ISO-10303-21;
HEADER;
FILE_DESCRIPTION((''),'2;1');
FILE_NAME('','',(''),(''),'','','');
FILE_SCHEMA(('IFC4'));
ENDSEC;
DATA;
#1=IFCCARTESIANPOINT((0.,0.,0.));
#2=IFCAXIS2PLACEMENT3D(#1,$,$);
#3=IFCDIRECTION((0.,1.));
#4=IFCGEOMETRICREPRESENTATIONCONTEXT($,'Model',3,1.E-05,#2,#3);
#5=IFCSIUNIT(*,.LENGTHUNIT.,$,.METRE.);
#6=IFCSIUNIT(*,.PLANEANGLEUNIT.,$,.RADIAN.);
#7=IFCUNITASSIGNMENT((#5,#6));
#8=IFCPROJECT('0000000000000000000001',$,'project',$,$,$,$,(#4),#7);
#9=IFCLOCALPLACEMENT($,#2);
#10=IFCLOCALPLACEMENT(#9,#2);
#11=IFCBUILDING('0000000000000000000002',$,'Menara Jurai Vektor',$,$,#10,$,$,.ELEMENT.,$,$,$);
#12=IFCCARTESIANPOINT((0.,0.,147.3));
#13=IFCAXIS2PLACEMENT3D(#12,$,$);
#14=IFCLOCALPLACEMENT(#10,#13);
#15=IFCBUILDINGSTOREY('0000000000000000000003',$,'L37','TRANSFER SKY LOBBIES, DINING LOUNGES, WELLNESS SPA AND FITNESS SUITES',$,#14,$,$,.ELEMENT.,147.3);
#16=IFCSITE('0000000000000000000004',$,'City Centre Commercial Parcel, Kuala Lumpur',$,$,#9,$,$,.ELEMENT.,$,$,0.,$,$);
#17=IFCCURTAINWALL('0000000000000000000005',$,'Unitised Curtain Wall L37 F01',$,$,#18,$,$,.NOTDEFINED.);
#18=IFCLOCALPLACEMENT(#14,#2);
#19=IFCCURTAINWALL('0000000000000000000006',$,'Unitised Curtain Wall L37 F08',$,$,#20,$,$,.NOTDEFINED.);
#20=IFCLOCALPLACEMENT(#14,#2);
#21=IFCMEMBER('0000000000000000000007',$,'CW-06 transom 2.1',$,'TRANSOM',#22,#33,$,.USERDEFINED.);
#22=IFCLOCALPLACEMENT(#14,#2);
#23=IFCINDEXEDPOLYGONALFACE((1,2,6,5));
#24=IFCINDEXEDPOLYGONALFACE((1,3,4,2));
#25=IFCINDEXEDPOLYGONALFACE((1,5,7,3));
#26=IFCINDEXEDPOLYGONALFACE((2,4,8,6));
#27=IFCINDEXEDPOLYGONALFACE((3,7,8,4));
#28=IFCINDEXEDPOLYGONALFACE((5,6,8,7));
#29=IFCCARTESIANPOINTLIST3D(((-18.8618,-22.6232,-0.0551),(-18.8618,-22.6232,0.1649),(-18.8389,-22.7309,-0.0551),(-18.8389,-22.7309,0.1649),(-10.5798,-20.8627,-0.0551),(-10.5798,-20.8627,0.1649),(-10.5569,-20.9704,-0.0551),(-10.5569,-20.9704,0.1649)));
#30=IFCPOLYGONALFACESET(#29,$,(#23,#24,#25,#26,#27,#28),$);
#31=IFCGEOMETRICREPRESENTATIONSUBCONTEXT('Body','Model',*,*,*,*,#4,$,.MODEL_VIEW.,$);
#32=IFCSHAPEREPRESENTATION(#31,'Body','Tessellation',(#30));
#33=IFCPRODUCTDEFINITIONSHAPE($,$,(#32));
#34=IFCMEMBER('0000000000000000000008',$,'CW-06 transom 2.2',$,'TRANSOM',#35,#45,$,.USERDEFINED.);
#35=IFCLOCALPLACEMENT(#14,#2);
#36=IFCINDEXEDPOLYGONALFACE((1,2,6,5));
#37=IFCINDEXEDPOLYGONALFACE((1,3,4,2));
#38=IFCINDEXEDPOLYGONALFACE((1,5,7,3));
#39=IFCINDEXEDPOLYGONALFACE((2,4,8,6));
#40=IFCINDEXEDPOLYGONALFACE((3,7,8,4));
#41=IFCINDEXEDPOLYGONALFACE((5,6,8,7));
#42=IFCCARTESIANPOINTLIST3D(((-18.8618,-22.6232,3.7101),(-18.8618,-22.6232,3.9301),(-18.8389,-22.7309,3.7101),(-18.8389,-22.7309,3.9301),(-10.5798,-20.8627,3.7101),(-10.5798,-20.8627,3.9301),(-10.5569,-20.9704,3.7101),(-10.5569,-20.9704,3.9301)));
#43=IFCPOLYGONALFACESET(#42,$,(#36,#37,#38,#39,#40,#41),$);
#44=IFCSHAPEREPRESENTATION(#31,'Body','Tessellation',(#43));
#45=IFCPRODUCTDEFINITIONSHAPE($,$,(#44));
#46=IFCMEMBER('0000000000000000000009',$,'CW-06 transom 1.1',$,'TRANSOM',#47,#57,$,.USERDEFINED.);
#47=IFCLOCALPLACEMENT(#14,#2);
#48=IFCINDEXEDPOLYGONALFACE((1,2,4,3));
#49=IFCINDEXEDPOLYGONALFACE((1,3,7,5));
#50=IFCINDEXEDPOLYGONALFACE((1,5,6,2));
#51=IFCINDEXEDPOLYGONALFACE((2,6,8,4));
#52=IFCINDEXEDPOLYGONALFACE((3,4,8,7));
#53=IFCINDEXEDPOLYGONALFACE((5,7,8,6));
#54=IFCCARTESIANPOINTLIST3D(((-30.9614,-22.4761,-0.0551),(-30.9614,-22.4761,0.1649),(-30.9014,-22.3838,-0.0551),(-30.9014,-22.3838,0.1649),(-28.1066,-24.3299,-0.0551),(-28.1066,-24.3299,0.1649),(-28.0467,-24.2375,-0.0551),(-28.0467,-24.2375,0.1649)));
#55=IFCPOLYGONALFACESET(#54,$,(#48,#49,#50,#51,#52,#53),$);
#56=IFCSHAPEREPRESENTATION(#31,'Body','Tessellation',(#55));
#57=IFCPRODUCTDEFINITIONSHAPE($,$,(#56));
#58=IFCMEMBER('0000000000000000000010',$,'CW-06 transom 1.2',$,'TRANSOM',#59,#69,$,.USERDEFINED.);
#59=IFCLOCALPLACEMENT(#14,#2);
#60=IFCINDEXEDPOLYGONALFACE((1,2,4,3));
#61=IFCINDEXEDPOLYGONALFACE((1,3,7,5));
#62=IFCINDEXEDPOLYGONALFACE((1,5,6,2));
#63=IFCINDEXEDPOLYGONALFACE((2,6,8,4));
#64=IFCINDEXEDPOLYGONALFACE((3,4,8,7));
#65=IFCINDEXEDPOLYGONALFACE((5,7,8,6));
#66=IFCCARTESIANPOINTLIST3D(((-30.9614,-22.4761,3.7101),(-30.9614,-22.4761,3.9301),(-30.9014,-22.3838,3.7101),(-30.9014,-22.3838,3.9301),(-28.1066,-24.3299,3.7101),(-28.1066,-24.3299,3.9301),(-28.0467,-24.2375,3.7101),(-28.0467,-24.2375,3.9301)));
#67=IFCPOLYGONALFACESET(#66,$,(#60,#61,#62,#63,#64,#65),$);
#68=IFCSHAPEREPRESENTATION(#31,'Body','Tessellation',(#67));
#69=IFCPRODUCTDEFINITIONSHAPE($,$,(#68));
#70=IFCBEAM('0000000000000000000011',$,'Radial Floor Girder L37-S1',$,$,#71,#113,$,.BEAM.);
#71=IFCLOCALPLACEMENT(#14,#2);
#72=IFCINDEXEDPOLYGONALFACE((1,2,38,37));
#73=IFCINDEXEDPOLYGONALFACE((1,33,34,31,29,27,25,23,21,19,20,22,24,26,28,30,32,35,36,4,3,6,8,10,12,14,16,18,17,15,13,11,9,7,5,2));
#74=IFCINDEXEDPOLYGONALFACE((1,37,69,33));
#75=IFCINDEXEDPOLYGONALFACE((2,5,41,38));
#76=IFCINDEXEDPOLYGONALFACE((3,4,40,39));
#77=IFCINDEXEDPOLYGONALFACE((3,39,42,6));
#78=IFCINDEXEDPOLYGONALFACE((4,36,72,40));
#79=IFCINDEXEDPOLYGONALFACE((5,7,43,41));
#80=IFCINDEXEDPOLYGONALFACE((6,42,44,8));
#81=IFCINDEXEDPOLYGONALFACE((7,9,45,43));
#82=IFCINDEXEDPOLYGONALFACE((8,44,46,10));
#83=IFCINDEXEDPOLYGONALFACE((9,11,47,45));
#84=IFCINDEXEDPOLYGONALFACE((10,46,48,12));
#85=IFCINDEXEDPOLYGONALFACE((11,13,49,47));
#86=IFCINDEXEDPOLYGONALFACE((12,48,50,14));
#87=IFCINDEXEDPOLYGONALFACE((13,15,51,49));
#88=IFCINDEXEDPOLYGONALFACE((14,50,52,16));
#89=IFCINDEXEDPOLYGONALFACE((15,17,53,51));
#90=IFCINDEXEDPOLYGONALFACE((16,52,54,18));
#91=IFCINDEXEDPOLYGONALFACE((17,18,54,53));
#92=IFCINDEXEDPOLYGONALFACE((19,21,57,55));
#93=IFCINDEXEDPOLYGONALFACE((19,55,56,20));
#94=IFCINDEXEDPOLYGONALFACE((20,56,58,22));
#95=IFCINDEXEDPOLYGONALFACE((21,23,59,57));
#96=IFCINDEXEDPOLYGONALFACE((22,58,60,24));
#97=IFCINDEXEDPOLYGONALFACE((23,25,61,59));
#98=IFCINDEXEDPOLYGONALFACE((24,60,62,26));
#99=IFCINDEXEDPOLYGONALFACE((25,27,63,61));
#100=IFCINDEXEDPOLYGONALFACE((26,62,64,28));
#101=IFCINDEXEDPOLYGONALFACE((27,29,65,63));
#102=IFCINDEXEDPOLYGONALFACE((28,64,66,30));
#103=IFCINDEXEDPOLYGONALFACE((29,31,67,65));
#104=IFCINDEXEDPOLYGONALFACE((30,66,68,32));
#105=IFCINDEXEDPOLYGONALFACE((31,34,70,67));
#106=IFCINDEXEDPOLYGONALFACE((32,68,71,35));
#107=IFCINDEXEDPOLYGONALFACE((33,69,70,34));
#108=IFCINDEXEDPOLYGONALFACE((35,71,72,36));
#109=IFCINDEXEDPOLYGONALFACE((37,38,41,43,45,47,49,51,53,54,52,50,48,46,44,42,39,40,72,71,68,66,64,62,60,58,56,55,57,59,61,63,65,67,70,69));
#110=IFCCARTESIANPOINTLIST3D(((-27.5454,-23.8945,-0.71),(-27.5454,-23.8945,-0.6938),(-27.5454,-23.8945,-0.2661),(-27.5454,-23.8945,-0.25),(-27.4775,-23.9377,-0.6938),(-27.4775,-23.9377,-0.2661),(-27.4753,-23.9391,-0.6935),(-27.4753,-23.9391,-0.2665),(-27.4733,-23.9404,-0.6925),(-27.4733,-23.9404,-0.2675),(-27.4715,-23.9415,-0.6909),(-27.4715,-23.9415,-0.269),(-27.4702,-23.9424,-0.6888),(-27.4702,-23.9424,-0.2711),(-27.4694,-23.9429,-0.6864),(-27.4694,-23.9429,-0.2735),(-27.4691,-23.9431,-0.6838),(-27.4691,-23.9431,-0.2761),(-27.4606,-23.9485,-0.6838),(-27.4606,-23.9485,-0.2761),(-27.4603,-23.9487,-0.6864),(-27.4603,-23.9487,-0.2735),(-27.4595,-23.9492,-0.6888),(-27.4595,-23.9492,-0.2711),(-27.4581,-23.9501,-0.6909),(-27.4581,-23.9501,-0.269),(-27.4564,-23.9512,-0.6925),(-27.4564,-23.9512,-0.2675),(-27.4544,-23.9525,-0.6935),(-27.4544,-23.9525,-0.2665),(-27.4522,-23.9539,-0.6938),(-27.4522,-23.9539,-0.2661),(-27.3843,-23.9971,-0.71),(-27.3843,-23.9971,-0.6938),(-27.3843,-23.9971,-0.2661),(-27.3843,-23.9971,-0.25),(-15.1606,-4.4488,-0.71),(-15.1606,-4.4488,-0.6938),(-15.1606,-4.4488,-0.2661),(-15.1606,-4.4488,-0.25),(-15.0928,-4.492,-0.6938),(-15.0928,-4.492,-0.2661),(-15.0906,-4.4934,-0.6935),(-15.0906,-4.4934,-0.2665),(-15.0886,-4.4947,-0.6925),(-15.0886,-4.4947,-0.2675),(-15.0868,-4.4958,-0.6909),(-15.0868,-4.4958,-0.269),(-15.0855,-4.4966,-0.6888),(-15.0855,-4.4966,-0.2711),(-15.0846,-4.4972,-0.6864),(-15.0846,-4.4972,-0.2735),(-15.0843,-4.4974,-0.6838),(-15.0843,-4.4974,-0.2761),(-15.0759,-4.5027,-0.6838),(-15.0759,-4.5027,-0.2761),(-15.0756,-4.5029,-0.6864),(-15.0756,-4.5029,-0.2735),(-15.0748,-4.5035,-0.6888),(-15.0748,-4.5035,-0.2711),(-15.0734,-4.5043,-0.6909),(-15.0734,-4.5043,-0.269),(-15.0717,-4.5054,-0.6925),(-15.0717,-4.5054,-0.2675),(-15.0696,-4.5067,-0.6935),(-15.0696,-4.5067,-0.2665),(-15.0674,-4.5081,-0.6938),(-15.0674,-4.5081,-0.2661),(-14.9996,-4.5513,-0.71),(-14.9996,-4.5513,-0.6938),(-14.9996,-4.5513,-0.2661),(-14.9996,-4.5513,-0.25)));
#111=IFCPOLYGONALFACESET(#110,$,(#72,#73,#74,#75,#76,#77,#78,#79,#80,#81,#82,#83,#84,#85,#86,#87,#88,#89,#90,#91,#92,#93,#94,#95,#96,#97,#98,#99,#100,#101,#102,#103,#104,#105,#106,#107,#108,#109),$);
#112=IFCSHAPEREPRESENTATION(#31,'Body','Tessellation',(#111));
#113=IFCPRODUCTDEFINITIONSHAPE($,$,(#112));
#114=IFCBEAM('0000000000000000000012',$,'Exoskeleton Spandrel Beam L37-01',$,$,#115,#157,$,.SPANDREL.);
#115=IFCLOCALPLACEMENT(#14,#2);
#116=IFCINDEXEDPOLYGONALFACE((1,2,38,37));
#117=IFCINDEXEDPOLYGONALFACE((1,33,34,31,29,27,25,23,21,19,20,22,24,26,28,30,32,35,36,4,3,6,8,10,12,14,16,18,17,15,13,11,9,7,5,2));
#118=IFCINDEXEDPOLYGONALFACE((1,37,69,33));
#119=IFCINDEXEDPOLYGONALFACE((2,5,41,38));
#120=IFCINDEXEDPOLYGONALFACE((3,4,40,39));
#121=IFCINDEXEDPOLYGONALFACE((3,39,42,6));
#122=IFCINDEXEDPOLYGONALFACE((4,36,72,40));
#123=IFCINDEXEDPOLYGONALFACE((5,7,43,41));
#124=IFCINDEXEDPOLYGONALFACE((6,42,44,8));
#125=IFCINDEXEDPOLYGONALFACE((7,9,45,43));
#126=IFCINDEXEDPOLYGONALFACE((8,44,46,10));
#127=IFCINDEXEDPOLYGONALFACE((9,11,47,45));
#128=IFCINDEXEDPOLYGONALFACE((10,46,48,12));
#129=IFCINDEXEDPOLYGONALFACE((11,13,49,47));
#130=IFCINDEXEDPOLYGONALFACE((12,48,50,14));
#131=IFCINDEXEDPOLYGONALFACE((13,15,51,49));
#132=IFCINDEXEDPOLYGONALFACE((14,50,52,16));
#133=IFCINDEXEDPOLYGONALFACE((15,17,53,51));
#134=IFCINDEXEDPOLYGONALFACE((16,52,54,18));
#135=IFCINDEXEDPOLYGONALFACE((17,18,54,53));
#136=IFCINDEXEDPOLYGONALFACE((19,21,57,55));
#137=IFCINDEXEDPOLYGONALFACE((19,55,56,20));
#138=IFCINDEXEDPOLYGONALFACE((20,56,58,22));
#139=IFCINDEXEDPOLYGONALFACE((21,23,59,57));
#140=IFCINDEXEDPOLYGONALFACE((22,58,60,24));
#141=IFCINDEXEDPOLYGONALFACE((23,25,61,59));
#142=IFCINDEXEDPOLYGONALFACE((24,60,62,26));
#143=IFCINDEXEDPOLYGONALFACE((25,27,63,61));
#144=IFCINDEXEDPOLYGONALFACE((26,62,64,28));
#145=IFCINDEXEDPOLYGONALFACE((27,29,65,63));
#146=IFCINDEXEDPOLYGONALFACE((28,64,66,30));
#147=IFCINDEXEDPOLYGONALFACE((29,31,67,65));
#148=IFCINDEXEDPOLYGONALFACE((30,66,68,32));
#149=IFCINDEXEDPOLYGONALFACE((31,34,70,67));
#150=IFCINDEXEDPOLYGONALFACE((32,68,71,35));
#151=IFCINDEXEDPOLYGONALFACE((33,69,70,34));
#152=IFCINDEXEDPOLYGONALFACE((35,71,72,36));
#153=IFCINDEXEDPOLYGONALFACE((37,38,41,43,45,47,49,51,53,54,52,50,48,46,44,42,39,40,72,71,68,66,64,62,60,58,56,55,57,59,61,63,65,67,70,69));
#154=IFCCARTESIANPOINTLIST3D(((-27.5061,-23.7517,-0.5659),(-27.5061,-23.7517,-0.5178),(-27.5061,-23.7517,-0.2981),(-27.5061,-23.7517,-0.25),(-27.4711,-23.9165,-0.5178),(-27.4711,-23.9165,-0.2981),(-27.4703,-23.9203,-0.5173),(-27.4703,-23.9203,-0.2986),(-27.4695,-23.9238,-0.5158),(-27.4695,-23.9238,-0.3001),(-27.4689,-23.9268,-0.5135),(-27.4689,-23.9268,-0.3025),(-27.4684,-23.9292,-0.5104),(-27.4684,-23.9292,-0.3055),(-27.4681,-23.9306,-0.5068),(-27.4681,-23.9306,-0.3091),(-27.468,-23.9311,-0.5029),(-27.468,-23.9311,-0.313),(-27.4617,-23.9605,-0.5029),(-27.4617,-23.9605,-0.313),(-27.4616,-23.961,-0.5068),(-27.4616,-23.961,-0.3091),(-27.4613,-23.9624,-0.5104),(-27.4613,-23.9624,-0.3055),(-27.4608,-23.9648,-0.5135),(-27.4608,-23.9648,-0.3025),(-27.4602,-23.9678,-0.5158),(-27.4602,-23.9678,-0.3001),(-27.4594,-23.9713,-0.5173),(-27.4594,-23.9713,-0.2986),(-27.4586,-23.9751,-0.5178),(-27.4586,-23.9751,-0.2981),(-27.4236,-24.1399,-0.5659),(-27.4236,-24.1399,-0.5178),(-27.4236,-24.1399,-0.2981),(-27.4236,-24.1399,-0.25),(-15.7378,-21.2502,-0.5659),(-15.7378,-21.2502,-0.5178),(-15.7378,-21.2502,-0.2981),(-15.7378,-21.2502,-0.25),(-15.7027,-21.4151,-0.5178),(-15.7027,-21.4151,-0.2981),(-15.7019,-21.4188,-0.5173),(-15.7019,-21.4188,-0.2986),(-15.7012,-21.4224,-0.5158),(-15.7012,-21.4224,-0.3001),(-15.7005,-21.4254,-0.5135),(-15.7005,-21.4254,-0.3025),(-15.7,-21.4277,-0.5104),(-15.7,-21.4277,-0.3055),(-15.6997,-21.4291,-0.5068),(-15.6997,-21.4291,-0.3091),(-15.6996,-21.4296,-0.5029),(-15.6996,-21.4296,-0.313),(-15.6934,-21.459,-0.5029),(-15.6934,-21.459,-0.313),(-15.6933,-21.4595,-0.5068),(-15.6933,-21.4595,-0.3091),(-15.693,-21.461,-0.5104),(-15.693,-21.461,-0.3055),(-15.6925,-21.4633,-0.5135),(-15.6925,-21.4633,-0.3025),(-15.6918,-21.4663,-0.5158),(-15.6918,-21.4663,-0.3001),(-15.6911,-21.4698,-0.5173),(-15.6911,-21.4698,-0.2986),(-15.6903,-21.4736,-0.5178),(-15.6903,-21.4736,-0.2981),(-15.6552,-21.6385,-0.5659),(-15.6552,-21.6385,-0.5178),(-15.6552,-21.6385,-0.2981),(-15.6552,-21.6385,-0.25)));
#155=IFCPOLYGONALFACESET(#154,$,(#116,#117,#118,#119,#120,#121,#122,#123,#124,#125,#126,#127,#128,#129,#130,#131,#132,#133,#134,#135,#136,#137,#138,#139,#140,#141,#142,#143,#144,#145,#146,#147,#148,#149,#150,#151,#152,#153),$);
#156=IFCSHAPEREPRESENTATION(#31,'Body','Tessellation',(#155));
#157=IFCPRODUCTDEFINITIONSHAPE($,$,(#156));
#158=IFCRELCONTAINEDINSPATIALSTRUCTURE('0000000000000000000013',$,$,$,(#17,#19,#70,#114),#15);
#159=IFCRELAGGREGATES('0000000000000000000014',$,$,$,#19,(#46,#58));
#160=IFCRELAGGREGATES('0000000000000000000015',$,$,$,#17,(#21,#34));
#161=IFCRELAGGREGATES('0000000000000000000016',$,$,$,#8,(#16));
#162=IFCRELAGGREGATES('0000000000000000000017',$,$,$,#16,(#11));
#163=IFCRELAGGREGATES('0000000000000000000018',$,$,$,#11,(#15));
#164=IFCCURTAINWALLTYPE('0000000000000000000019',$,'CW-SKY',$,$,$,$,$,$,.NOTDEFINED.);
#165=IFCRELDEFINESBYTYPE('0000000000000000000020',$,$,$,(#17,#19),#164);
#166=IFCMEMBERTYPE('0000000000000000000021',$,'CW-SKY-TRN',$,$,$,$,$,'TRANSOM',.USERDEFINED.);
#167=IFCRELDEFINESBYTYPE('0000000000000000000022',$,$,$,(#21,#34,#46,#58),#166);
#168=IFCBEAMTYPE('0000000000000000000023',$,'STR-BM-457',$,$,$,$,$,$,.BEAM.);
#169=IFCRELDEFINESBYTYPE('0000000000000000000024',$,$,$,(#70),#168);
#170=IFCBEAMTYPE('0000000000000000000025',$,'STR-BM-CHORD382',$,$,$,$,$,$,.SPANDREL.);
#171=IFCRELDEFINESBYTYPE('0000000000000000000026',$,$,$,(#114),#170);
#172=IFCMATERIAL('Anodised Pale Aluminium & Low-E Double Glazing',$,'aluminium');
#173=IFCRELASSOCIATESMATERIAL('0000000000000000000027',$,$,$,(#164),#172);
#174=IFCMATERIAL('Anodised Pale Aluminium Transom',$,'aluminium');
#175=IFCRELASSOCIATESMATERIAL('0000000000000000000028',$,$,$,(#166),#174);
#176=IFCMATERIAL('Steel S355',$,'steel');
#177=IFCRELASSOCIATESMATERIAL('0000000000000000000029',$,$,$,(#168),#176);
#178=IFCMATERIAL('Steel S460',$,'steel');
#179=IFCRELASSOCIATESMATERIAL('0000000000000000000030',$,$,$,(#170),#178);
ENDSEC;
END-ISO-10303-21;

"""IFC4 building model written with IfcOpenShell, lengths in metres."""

from ifc_helpers import new_model, si_unit, direction, frame, origin, origin_2d, place, context, subcontext, project, spatial, rectangle, i_section, extrude, material, material_profile, profile_set, type_object, element, aggregate, save


model = new_model("IFC4")

# Units and contexts
model_context = context("Model", 3, precision=1e-05, world=origin(), true_north=direction((0.0, 1.0)))
body_context = subcontext(model_context, "Body", "Model", "MODEL_VIEW")
ifc_project = project(units=[si_unit("LENGTHUNIT", "METRE"), si_unit("PLANEANGLEUNIT", "RADIAN")], contexts=[model_context])

# Site, building, storey
site_placement = place(None, origin())
site = spatial("IfcSite", under=ifc_project, at=site_placement, Name="City Centre Commercial Parcel, Kuala Lumpur", CompositionType="ELEMENT", RefElevation=0.0)
building_placement = place(site_placement, origin())
building = spatial("IfcBuilding", under=site, at=building_placement, Name="Menara Jurai Vektor", CompositionType="ELEMENT")
storey_placement = place(building_placement, frame((0.0, 0.0, 147.3)))
storey = spatial("IfcBuildingStorey", under=building, at=storey_placement, Name="L37", Description="TRANSFER SKY LOBBIES, DINING LOUNGES, WELLNESS SPA AND FITNESS SUITES", CompositionType="ELEMENT", Elevation=147.3)

# Shared definitions
ifc_material_1 = material(Name="Steel S460", Category="steel")

# Curtain wall
ifc_material_2 = material(Name="Anodised Pale Aluminium & Low-E Double Glazing", Category="aluminium")
curtain_wall_type = type_object("IfcCurtainWallType", Name="CW-SKY", PredefinedType="NOTDEFINED", material=ifc_material_2)
curtain_wall_1_placement = place(storey_placement, origin())
curtain_wall_1 = element("IfcCurtainWall", 1, at=curtain_wall_1_placement, inside=storey, type_object=curtain_wall_type, Name="Unitised Curtain Wall L37 F01", PredefinedType="NOTDEFINED")

# Curtain wall
curtain_wall_2_placement = place(storey_placement, origin())
curtain_wall_2 = element("IfcCurtainWall", 2, at=curtain_wall_2_placement, inside=storey, type_object=curtain_wall_type, Name="Unitised Curtain Wall L37 F08", PredefinedType="NOTDEFINED")

# Members
ifc_material_3 = material(Name="Anodised Pale Aluminium Transom", Category="aluminium")
ifc_material_profile_1 = material_profile(ifc_material_3, rectangle(XDim=0.1101, YDim=0.22, at=origin_2d()), Name="ALU TRN 110x220")
ifc_profile_set_1 = profile_set([ifc_material_profile_1], Name="Anodised Pale Aluminium Transom")
member_type_1 = type_object("IfcMemberType", Name="CW-SKY-TRN", ElementType="TRANSOM", PredefinedType="USERDEFINED", material=ifc_profile_set_1)
member_1_placement = place(storey_placement, frame((-18.8503, -22.677, 0.0549), z_axis=(0.978145, 0.207924, 0.0), x_axis=(-0.207924, 0.978145, 0.0)))
member_1 = element("IfcMember", 3, at=member_1_placement, type_object=member_type_1, Name="CW-06 transom 2.1", ObjectType="TRANSOM", PredefinedType="USERDEFINED", context=body_context, shape_type="SweptSolid", body=[
    extrude(rectangle(XDim=0.1101, YDim=0.22, at=origin_2d()), origin(), (0.0, 0.0, 1.0), 8.467),
])
member_2_placement = place(storey_placement, frame((-18.8503, -22.677, 3.8201), z_axis=(0.978145, 0.207924, 0.0), x_axis=(-0.207924, 0.978145, 0.0)))
member_2 = element("IfcMember", 4, at=member_2_placement, type_object=member_type_1, Name="CW-06 transom 2.2", ObjectType="TRANSOM", PredefinedType="USERDEFINED", context=body_context, shape_type="SweptSolid", body=[
    extrude(rectangle(XDim=0.1101, YDim=0.22, at=origin_2d()), origin(), (0.0, 0.0, 1.0), 8.467),
])
member_3_placement = place(storey_placement, frame((-30.9314, -22.4299, 0.0549), z_axis=(0.838688, -0.544613, 0.0), x_axis=(0.544613, 0.838688, 0.0)))
member_3 = element("IfcMember", 5, at=member_3_placement, type_object=member_type_1, Name="CW-06 transom 1.1", ObjectType="TRANSOM", PredefinedType="USERDEFINED", context=body_context, shape_type="SweptSolid", body=[
    extrude(rectangle(XDim=0.1101, YDim=0.22, at=origin_2d()), origin(), (0.0, 0.0, 1.0), 3.4038),
])
member_4_placement = place(storey_placement, frame((-30.9314, -22.4299, 3.8201), z_axis=(0.838688, -0.544613, 0.0), x_axis=(0.544613, 0.838688, 0.0)))
member_4 = element("IfcMember", 6, at=member_4_placement, type_object=member_type_1, Name="CW-06 transom 1.2", ObjectType="TRANSOM", PredefinedType="USERDEFINED", context=body_context, shape_type="SweptSolid", body=[
    extrude(rectangle(XDim=0.1101, YDim=0.22, at=origin_2d()), origin(), (0.0, 0.0, 1.0), 3.4038),
])

# Beams
ifc_material_4 = material(Name="Steel S355", Category="steel")
ifc_material_profile_2 = material_profile(ifc_material_4, i_section(OverallWidth=0.1909, OverallDepth=0.46, WebThickness=0.01, FlangeThickness=0.0161, FilletRadius=0.01, at=origin_2d()), Name="UKB 457x191x82")
ifc_profile_set_2 = profile_set([ifc_material_profile_2], Name="Steel S355")
beam_type_1 = type_object("IfcBeamType", Name="STR-BM-457", PredefinedType="BEAM", material=ifc_profile_set_2)
beam_1_placement = place(storey_placement, frame((-27.4648, -23.9458, -0.48), z_axis=(0.537189, 0.843462, 0.0), x_axis=(-0.843462, 0.537189, 0.0)))
element("IfcBeam", 7, at=beam_1_placement, inside=storey, type_object=beam_type_1, Name="Radial Floor Girder L37-S1", PredefinedType="BEAM", context=body_context, shape_type="SweptSolid", body=[
    extrude(i_section(OverallWidth=0.1909, OverallDepth=0.46, WebThickness=0.01, FlangeThickness=0.0161, FilletRadius=0.01, at=origin_2d()), origin(), (0.0, 0.0, 1.0), 23.0547),
])
ifc_material_profile_3 = material_profile(ifc_material_1, i_section(OverallWidth=0.397, OverallDepth=0.3159, WebThickness=0.03, FlangeThickness=0.0481, FilletRadius=0.0149, at=origin_2d()), Name="HD 400x382")
ifc_profile_set_3 = profile_set([ifc_material_profile_3], Name="Steel S460")
beam_type_2 = type_object("IfcBeamType", Name="STR-BM-CHORD382", PredefinedType="SPANDREL", material=ifc_profile_set_3)
beam_2_placement = place(storey_placement, frame((-27.4648, -23.9458, -0.408), z_axis=(0.978147, 0.207914, 0.0), x_axis=(-0.207914, 0.978147, 0.0)))
element("IfcBeam", 8, at=beam_2_placement, inside=storey, type_object=beam_type_2, Name="Exoskeleton Spandrel Beam L37-01", PredefinedType="SPANDREL", context=body_context, shape_type="SweptSolid", body=[
    extrude(i_section(OverallWidth=0.397, OverallDepth=0.3159, WebThickness=0.03, FlangeThickness=0.0481, FilletRadius=0.0149, at=origin_2d()), origin(), (0.0, 0.0, 1.0), 12.0312),
])

aggregate(curtain_wall_2, [member_3, member_4])
aggregate(curtain_wall_1, [member_1, member_2])

save(model, "model.ifc")
